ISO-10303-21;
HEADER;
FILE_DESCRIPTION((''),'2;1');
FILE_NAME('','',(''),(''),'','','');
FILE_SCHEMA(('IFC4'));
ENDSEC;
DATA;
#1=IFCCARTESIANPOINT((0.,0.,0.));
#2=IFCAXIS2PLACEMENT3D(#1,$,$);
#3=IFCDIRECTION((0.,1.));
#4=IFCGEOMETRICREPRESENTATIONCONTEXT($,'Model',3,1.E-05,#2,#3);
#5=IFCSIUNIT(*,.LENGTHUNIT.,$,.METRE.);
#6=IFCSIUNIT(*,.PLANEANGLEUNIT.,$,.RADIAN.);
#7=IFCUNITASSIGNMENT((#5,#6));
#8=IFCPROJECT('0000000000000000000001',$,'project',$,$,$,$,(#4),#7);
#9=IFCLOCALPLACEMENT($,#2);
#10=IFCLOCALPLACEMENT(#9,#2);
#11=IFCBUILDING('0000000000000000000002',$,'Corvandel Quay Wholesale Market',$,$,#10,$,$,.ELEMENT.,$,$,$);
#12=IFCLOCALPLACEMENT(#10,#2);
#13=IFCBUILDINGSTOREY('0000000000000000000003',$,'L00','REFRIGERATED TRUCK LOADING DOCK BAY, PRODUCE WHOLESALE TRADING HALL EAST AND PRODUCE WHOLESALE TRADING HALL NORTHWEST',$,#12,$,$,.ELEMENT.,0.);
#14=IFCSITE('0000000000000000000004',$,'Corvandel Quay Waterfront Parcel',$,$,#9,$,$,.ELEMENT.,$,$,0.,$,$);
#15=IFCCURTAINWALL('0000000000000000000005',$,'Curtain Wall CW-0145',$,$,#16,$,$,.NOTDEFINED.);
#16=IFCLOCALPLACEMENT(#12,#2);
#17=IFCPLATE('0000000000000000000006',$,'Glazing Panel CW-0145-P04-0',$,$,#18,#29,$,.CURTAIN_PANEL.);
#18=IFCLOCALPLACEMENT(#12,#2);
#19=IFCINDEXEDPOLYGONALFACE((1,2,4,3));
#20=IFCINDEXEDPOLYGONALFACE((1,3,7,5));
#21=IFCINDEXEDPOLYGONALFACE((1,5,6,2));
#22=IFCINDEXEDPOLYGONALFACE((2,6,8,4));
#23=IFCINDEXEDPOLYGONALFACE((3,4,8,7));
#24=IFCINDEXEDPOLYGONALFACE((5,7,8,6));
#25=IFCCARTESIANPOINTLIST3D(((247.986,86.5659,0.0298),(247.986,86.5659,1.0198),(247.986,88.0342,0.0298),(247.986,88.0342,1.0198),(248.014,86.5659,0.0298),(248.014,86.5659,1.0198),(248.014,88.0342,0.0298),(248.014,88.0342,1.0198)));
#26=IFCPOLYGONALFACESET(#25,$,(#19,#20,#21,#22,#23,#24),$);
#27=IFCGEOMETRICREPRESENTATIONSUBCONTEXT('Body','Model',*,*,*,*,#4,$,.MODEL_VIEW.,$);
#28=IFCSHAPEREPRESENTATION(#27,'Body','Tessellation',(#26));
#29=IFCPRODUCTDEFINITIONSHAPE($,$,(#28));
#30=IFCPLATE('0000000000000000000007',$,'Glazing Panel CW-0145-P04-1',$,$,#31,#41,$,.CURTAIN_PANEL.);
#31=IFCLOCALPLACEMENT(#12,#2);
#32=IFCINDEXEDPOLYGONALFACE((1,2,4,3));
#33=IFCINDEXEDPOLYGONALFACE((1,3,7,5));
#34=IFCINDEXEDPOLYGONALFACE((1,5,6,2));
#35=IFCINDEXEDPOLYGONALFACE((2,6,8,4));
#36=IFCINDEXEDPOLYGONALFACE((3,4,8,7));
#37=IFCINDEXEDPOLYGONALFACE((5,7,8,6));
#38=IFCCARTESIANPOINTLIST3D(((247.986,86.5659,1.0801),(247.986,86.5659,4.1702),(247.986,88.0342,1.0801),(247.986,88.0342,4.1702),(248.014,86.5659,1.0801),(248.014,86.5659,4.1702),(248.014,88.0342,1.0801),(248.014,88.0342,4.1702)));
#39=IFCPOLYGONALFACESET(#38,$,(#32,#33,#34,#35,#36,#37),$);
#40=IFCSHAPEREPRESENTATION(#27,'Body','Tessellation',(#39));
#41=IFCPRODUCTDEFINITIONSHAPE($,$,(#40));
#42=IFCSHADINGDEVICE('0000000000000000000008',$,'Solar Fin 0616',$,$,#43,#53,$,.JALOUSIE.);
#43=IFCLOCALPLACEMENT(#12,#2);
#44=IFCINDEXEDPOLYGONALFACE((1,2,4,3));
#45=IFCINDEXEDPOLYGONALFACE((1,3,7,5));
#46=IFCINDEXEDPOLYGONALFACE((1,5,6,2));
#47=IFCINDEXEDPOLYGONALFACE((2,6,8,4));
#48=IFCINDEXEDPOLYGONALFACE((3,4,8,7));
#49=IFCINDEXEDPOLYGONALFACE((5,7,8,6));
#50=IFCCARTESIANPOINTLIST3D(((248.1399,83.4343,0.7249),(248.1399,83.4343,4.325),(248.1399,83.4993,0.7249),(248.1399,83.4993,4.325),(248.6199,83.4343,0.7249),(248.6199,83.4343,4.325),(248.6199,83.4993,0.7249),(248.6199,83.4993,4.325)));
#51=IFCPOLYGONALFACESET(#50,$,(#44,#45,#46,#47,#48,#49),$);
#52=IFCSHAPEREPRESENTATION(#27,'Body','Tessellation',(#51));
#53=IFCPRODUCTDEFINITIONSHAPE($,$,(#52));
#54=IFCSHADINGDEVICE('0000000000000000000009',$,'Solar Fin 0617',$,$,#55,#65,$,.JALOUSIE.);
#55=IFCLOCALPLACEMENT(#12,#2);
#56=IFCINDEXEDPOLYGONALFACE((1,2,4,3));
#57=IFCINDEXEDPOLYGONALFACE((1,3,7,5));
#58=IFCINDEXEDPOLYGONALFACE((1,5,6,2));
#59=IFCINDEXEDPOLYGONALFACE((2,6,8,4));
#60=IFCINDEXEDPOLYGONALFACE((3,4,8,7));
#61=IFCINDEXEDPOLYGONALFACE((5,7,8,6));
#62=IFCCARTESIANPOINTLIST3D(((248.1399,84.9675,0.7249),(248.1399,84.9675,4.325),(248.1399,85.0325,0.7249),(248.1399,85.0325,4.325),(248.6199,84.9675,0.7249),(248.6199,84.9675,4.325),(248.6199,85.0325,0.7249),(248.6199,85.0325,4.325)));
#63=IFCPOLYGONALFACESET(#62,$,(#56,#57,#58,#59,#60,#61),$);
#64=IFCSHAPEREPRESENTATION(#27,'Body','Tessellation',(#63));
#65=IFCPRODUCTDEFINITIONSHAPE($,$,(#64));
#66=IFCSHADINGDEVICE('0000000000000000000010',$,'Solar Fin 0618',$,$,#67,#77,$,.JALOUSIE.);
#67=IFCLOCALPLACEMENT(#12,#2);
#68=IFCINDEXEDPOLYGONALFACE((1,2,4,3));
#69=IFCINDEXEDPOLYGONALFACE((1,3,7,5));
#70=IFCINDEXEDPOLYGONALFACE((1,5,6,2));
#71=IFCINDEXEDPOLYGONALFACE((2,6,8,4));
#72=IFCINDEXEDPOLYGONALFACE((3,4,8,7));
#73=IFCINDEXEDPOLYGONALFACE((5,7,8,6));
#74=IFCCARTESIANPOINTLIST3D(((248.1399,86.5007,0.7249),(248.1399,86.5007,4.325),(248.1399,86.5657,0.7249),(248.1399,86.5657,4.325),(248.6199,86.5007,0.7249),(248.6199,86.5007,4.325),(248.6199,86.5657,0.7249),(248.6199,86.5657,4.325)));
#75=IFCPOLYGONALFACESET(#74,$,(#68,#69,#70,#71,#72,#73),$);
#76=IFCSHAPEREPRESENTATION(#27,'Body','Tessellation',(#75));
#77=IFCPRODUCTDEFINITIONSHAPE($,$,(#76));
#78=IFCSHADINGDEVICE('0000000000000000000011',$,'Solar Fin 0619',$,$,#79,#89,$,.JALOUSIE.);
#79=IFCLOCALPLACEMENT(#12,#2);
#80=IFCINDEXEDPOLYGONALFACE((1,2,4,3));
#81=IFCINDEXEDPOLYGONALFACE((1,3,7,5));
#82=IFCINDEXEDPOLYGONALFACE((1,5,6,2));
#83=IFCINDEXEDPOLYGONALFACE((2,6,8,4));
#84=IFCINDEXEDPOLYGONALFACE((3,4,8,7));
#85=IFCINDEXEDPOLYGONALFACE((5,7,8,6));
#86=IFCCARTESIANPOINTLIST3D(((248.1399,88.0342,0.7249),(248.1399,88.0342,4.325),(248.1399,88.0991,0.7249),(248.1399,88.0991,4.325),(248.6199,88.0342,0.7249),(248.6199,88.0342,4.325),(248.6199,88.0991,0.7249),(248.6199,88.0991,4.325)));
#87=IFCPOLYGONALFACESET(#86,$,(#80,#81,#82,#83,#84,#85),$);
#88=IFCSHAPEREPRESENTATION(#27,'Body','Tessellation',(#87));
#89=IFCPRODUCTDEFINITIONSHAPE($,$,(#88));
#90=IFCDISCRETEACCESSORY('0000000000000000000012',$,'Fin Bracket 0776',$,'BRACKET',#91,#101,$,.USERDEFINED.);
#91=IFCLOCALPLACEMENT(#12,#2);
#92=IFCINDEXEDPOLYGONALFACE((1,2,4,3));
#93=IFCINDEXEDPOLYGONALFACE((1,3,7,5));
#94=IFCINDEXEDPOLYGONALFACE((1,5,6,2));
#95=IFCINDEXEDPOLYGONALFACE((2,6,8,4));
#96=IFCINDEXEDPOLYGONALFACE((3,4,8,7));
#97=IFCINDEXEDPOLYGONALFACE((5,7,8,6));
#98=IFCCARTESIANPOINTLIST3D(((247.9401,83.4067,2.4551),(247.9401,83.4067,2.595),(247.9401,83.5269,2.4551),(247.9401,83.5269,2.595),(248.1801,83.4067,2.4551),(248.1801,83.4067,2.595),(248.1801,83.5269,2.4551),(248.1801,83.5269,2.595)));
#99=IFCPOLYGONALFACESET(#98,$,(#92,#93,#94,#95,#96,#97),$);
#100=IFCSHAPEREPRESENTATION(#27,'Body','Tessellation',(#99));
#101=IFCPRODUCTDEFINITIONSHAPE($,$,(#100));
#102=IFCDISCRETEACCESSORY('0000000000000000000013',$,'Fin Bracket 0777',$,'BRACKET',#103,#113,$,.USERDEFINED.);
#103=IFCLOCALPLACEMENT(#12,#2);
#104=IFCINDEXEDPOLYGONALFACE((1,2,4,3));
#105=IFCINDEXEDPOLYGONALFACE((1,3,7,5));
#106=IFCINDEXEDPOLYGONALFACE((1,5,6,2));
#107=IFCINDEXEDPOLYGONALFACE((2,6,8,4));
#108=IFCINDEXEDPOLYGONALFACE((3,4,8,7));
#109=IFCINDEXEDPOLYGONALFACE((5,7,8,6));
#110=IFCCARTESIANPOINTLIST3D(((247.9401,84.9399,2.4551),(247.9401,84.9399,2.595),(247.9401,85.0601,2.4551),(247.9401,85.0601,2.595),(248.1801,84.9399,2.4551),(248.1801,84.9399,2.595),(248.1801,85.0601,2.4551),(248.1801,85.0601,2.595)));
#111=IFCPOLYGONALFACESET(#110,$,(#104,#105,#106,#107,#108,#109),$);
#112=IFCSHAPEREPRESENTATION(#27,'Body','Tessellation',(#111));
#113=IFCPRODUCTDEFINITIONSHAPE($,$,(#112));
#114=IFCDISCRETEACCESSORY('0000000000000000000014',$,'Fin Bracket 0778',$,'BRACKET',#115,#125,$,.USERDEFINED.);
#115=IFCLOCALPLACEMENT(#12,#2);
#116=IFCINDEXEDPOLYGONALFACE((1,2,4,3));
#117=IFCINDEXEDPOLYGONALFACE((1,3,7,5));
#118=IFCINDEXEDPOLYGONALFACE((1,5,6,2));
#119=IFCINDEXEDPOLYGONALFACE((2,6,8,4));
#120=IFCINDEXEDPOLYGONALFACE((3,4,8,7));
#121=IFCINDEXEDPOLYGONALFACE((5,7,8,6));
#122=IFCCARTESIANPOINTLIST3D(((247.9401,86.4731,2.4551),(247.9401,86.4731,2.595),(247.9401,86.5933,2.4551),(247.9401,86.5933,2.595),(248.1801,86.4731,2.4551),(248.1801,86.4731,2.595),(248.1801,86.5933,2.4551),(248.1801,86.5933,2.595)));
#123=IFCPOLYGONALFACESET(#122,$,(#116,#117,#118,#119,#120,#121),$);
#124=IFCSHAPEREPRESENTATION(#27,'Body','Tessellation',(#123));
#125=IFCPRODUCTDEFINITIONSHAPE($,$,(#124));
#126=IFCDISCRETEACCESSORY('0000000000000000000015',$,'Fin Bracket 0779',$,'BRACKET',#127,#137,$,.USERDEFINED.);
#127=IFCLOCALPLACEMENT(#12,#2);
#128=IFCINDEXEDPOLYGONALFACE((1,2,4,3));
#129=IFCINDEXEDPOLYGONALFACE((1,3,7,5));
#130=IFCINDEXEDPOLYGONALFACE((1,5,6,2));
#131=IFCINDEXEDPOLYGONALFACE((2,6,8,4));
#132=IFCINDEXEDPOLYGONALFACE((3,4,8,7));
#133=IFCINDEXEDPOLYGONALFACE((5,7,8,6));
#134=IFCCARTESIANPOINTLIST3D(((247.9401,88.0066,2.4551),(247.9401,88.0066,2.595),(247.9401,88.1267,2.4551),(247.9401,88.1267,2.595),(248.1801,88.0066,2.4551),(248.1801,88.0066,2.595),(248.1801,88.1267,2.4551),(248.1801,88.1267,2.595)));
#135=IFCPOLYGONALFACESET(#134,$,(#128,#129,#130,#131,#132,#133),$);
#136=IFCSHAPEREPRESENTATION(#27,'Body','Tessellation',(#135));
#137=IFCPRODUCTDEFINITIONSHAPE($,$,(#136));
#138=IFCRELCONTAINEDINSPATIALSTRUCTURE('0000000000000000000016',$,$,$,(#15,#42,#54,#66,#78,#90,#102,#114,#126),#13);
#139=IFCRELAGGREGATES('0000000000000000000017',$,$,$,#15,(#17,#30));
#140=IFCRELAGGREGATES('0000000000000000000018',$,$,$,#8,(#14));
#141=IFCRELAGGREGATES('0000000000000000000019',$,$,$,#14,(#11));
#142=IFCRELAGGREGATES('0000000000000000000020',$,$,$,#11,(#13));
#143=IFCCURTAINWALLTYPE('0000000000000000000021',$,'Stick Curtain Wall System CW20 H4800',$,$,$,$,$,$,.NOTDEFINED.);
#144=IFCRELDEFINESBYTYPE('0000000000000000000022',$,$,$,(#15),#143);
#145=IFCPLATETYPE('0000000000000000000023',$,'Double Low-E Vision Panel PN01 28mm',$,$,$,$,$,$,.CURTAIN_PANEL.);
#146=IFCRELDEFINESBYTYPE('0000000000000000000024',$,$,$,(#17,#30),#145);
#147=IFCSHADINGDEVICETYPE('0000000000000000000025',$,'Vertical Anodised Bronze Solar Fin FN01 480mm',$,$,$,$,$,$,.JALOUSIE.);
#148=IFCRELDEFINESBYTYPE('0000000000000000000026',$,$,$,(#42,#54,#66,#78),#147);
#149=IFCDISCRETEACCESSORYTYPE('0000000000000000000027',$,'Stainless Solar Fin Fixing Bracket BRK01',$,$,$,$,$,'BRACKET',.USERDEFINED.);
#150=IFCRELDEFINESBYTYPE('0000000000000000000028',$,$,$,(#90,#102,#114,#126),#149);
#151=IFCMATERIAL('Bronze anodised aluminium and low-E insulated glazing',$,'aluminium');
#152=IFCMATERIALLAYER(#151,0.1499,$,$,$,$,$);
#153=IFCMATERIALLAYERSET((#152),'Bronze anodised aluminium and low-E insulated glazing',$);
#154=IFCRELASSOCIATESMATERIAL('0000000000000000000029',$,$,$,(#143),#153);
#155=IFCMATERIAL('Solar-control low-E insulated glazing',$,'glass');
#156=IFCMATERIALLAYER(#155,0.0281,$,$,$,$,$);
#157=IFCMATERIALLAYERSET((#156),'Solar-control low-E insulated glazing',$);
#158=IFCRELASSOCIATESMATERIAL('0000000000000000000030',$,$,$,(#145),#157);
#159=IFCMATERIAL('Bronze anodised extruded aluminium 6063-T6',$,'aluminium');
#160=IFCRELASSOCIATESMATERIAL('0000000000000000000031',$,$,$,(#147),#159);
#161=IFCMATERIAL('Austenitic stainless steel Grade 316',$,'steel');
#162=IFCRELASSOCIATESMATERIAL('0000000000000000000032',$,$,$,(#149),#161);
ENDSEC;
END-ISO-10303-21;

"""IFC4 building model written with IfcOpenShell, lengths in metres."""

from ifc_helpers import new_model, si_unit, direction, frame, origin, origin_2d, place, context, subcontext, project, spatial, rectangle, extrude, material, layer, layer_set, type_object, element, aggregate, save


model = new_model("IFC4")

# Units and contexts
model_context = context("Model", 3, precision=1e-05, world=origin(), true_north=direction((0.0, 1.0)))
body_context = subcontext(model_context, "Body", "Model", "MODEL_VIEW")
ifc_project = project(units=[si_unit("LENGTHUNIT", "METRE"), si_unit("PLANEANGLEUNIT", "RADIAN")], contexts=[model_context])

# Site, building, storey
site_placement = place(None, origin())
site = spatial("IfcSite", under=ifc_project, at=site_placement, Name="Corvandel Quay Waterfront Parcel", CompositionType="ELEMENT", RefElevation=0.0)
building_placement = place(site_placement, origin())
building = spatial("IfcBuilding", under=site, at=building_placement, Name="Corvandel Quay Wholesale Market", CompositionType="ELEMENT")
storey_placement = place(building_placement, origin())
storey = spatial("IfcBuildingStorey", under=building, at=storey_placement, Name="L00", Description="REFRIGERATED TRUCK LOADING DOCK BAY, PRODUCE WHOLESALE TRADING HALL EAST AND PRODUCE WHOLESALE TRADING HALL NORTHWEST", CompositionType="ELEMENT", Elevation=0.0)

# Curtain wall, plates
ifc_material_1 = material(Name="Bronze anodised aluminium and low-E insulated glazing", Category="aluminium")
ifc_layer_1 = layer(ifc_material_1, 0.1499)
ifc_layer_set_1 = layer_set([ifc_layer_1], Name="Bronze anodised aluminium and low-E insulated glazing")
curtain_wall_type = type_object("IfcCurtainWallType", Name="Stick Curtain Wall System CW20 H4800", PredefinedType="NOTDEFINED", material=ifc_layer_set_1)
curtain_wall_placement = place(storey_placement, origin())
curtain_wall = element("IfcCurtainWall", 1, at=curtain_wall_placement, inside=storey, type_object=curtain_wall_type, Name="Curtain Wall CW-0145", PredefinedType="NOTDEFINED")
ifc_material_2 = material(Name="Solar-control low-E insulated glazing", Category="glass")
ifc_layer_2 = layer(ifc_material_2, 0.0281)
ifc_layer_set_2 = layer_set([ifc_layer_2], Name="Solar-control low-E insulated glazing")
plate_type_1 = type_object("IfcPlateType", Name="Double Low-E Vision Panel PN01 28mm", PredefinedType="CURTAIN_PANEL", material=ifc_layer_set_2)
plate_1_placement = place(storey_placement, frame((248.0, 87.3, 0.0298), z_axis=(0.0, 0.0, 1.0), x_axis=(0.0, 1.0, 0.0)))
plate_1 = element("IfcPlate", 2, at=plate_1_placement, type_object=plate_type_1, Name="Glazing Panel CW-0145-P04-0", PredefinedType="CURTAIN_PANEL", context=body_context, shape_type="SweptSolid", body=[
    extrude(rectangle(XDim=1.4683, YDim=0.0281, at=origin_2d()), origin(), (0.0, 0.0, 1.0), 0.99),
])
plate_2_placement = place(storey_placement, frame((248.0, 87.3, 1.0801), z_axis=(0.0, 0.0, 1.0), x_axis=(0.0, 1.0, 0.0)))
plate_2 = element("IfcPlate", 3, at=plate_2_placement, type_object=plate_type_1, Name="Glazing Panel CW-0145-P04-1", PredefinedType="CURTAIN_PANEL", context=body_context, shape_type="SweptSolid", body=[
    extrude(rectangle(XDim=1.4683, YDim=0.0281, at=origin_2d()), origin(), (0.0, 0.0, 1.0), 3.0901),
])
aggregate(curtain_wall, [plate_1, plate_2])

# Shading devices
ifc_material_3 = material(Name="Bronze anodised extruded aluminium 6063-T6", Category="aluminium")
shading_device_type = type_object("IfcShadingDeviceType", Name="Vertical Anodised Bronze Solar Fin FN01 480mm", PredefinedType="JALOUSIE", material=ifc_material_3)
for number, where, z_axis, x_axis, name in (
    (4, (248.3799, 83.4668, 0.7249), (0.0, 0.0, 1.0), (1.0, 0.0, 0.0), "Solar Fin 0616"),
    (5, (248.3799, 85.0, 0.7249), (0.0, 0.0, 1.0), (1.0, 0.0, 0.0), "Solar Fin 0617"),
    (6, (248.3799, 86.5332, 0.7249), (0.0, 0.0, 1.0), (1.0, 0.0, 0.0), "Solar Fin 0618"),
    (7, (248.3799, 88.0667, 0.7249), (0.0, 0.0, 1.0), (1.0, 0.0, 0.0), "Solar Fin 0619"),
):
    element("IfcShadingDevice", number, at=place(storey_placement, frame(where, z_axis=z_axis, x_axis=x_axis)), inside=storey, type_object=shading_device_type, Name=name, PredefinedType="JALOUSIE", context=body_context, shape_type="SweptSolid", body=[
        extrude(rectangle(XDim=0.48, YDim=0.0649, at=origin_2d()), origin(), (0.0, 0.0, 1.0), 3.6001),
    ])

# Discrete accessories
ifc_material_4 = material(Name="Austenitic stainless steel Grade 316", Category="steel")
discrete_accessory_type = type_object("IfcDiscreteAccessoryType", Name="Stainless Solar Fin Fixing Bracket BRK01", ElementType="BRACKET", PredefinedType="USERDEFINED", material=ifc_material_4)
for number, where, z_axis, x_axis, name in (
    (8, (248.0601, 83.4668, 2.4551), (0.0, 0.0, 1.0), (1.0, 0.0, 0.0), "Fin Bracket 0776"),
    (9, (248.0601, 85.0, 2.4551), (0.0, 0.0, 1.0), (1.0, 0.0, 0.0), "Fin Bracket 0777"),
    (10, (248.0601, 86.5332, 2.4551), (0.0, 0.0, 1.0), (1.0, 0.0, 0.0), "Fin Bracket 0778"),
    (11, (248.0601, 88.0667, 2.4551), (0.0, 0.0, 1.0), (1.0, 0.0, 0.0), "Fin Bracket 0779"),
):
    element("IfcDiscreteAccessory", number, at=place(storey_placement, frame(where, z_axis=z_axis, x_axis=x_axis)), inside=storey, type_object=discrete_accessory_type, Name=name, ObjectType="BRACKET", PredefinedType="USERDEFINED", context=body_context, shape_type="SweptSolid", body=[
        extrude(rectangle(XDim=0.24, YDim=0.1201, at=origin_2d()), origin(), (0.0, 0.0, 1.0), 0.1399),
    ])

save(model, "model.ifc")
